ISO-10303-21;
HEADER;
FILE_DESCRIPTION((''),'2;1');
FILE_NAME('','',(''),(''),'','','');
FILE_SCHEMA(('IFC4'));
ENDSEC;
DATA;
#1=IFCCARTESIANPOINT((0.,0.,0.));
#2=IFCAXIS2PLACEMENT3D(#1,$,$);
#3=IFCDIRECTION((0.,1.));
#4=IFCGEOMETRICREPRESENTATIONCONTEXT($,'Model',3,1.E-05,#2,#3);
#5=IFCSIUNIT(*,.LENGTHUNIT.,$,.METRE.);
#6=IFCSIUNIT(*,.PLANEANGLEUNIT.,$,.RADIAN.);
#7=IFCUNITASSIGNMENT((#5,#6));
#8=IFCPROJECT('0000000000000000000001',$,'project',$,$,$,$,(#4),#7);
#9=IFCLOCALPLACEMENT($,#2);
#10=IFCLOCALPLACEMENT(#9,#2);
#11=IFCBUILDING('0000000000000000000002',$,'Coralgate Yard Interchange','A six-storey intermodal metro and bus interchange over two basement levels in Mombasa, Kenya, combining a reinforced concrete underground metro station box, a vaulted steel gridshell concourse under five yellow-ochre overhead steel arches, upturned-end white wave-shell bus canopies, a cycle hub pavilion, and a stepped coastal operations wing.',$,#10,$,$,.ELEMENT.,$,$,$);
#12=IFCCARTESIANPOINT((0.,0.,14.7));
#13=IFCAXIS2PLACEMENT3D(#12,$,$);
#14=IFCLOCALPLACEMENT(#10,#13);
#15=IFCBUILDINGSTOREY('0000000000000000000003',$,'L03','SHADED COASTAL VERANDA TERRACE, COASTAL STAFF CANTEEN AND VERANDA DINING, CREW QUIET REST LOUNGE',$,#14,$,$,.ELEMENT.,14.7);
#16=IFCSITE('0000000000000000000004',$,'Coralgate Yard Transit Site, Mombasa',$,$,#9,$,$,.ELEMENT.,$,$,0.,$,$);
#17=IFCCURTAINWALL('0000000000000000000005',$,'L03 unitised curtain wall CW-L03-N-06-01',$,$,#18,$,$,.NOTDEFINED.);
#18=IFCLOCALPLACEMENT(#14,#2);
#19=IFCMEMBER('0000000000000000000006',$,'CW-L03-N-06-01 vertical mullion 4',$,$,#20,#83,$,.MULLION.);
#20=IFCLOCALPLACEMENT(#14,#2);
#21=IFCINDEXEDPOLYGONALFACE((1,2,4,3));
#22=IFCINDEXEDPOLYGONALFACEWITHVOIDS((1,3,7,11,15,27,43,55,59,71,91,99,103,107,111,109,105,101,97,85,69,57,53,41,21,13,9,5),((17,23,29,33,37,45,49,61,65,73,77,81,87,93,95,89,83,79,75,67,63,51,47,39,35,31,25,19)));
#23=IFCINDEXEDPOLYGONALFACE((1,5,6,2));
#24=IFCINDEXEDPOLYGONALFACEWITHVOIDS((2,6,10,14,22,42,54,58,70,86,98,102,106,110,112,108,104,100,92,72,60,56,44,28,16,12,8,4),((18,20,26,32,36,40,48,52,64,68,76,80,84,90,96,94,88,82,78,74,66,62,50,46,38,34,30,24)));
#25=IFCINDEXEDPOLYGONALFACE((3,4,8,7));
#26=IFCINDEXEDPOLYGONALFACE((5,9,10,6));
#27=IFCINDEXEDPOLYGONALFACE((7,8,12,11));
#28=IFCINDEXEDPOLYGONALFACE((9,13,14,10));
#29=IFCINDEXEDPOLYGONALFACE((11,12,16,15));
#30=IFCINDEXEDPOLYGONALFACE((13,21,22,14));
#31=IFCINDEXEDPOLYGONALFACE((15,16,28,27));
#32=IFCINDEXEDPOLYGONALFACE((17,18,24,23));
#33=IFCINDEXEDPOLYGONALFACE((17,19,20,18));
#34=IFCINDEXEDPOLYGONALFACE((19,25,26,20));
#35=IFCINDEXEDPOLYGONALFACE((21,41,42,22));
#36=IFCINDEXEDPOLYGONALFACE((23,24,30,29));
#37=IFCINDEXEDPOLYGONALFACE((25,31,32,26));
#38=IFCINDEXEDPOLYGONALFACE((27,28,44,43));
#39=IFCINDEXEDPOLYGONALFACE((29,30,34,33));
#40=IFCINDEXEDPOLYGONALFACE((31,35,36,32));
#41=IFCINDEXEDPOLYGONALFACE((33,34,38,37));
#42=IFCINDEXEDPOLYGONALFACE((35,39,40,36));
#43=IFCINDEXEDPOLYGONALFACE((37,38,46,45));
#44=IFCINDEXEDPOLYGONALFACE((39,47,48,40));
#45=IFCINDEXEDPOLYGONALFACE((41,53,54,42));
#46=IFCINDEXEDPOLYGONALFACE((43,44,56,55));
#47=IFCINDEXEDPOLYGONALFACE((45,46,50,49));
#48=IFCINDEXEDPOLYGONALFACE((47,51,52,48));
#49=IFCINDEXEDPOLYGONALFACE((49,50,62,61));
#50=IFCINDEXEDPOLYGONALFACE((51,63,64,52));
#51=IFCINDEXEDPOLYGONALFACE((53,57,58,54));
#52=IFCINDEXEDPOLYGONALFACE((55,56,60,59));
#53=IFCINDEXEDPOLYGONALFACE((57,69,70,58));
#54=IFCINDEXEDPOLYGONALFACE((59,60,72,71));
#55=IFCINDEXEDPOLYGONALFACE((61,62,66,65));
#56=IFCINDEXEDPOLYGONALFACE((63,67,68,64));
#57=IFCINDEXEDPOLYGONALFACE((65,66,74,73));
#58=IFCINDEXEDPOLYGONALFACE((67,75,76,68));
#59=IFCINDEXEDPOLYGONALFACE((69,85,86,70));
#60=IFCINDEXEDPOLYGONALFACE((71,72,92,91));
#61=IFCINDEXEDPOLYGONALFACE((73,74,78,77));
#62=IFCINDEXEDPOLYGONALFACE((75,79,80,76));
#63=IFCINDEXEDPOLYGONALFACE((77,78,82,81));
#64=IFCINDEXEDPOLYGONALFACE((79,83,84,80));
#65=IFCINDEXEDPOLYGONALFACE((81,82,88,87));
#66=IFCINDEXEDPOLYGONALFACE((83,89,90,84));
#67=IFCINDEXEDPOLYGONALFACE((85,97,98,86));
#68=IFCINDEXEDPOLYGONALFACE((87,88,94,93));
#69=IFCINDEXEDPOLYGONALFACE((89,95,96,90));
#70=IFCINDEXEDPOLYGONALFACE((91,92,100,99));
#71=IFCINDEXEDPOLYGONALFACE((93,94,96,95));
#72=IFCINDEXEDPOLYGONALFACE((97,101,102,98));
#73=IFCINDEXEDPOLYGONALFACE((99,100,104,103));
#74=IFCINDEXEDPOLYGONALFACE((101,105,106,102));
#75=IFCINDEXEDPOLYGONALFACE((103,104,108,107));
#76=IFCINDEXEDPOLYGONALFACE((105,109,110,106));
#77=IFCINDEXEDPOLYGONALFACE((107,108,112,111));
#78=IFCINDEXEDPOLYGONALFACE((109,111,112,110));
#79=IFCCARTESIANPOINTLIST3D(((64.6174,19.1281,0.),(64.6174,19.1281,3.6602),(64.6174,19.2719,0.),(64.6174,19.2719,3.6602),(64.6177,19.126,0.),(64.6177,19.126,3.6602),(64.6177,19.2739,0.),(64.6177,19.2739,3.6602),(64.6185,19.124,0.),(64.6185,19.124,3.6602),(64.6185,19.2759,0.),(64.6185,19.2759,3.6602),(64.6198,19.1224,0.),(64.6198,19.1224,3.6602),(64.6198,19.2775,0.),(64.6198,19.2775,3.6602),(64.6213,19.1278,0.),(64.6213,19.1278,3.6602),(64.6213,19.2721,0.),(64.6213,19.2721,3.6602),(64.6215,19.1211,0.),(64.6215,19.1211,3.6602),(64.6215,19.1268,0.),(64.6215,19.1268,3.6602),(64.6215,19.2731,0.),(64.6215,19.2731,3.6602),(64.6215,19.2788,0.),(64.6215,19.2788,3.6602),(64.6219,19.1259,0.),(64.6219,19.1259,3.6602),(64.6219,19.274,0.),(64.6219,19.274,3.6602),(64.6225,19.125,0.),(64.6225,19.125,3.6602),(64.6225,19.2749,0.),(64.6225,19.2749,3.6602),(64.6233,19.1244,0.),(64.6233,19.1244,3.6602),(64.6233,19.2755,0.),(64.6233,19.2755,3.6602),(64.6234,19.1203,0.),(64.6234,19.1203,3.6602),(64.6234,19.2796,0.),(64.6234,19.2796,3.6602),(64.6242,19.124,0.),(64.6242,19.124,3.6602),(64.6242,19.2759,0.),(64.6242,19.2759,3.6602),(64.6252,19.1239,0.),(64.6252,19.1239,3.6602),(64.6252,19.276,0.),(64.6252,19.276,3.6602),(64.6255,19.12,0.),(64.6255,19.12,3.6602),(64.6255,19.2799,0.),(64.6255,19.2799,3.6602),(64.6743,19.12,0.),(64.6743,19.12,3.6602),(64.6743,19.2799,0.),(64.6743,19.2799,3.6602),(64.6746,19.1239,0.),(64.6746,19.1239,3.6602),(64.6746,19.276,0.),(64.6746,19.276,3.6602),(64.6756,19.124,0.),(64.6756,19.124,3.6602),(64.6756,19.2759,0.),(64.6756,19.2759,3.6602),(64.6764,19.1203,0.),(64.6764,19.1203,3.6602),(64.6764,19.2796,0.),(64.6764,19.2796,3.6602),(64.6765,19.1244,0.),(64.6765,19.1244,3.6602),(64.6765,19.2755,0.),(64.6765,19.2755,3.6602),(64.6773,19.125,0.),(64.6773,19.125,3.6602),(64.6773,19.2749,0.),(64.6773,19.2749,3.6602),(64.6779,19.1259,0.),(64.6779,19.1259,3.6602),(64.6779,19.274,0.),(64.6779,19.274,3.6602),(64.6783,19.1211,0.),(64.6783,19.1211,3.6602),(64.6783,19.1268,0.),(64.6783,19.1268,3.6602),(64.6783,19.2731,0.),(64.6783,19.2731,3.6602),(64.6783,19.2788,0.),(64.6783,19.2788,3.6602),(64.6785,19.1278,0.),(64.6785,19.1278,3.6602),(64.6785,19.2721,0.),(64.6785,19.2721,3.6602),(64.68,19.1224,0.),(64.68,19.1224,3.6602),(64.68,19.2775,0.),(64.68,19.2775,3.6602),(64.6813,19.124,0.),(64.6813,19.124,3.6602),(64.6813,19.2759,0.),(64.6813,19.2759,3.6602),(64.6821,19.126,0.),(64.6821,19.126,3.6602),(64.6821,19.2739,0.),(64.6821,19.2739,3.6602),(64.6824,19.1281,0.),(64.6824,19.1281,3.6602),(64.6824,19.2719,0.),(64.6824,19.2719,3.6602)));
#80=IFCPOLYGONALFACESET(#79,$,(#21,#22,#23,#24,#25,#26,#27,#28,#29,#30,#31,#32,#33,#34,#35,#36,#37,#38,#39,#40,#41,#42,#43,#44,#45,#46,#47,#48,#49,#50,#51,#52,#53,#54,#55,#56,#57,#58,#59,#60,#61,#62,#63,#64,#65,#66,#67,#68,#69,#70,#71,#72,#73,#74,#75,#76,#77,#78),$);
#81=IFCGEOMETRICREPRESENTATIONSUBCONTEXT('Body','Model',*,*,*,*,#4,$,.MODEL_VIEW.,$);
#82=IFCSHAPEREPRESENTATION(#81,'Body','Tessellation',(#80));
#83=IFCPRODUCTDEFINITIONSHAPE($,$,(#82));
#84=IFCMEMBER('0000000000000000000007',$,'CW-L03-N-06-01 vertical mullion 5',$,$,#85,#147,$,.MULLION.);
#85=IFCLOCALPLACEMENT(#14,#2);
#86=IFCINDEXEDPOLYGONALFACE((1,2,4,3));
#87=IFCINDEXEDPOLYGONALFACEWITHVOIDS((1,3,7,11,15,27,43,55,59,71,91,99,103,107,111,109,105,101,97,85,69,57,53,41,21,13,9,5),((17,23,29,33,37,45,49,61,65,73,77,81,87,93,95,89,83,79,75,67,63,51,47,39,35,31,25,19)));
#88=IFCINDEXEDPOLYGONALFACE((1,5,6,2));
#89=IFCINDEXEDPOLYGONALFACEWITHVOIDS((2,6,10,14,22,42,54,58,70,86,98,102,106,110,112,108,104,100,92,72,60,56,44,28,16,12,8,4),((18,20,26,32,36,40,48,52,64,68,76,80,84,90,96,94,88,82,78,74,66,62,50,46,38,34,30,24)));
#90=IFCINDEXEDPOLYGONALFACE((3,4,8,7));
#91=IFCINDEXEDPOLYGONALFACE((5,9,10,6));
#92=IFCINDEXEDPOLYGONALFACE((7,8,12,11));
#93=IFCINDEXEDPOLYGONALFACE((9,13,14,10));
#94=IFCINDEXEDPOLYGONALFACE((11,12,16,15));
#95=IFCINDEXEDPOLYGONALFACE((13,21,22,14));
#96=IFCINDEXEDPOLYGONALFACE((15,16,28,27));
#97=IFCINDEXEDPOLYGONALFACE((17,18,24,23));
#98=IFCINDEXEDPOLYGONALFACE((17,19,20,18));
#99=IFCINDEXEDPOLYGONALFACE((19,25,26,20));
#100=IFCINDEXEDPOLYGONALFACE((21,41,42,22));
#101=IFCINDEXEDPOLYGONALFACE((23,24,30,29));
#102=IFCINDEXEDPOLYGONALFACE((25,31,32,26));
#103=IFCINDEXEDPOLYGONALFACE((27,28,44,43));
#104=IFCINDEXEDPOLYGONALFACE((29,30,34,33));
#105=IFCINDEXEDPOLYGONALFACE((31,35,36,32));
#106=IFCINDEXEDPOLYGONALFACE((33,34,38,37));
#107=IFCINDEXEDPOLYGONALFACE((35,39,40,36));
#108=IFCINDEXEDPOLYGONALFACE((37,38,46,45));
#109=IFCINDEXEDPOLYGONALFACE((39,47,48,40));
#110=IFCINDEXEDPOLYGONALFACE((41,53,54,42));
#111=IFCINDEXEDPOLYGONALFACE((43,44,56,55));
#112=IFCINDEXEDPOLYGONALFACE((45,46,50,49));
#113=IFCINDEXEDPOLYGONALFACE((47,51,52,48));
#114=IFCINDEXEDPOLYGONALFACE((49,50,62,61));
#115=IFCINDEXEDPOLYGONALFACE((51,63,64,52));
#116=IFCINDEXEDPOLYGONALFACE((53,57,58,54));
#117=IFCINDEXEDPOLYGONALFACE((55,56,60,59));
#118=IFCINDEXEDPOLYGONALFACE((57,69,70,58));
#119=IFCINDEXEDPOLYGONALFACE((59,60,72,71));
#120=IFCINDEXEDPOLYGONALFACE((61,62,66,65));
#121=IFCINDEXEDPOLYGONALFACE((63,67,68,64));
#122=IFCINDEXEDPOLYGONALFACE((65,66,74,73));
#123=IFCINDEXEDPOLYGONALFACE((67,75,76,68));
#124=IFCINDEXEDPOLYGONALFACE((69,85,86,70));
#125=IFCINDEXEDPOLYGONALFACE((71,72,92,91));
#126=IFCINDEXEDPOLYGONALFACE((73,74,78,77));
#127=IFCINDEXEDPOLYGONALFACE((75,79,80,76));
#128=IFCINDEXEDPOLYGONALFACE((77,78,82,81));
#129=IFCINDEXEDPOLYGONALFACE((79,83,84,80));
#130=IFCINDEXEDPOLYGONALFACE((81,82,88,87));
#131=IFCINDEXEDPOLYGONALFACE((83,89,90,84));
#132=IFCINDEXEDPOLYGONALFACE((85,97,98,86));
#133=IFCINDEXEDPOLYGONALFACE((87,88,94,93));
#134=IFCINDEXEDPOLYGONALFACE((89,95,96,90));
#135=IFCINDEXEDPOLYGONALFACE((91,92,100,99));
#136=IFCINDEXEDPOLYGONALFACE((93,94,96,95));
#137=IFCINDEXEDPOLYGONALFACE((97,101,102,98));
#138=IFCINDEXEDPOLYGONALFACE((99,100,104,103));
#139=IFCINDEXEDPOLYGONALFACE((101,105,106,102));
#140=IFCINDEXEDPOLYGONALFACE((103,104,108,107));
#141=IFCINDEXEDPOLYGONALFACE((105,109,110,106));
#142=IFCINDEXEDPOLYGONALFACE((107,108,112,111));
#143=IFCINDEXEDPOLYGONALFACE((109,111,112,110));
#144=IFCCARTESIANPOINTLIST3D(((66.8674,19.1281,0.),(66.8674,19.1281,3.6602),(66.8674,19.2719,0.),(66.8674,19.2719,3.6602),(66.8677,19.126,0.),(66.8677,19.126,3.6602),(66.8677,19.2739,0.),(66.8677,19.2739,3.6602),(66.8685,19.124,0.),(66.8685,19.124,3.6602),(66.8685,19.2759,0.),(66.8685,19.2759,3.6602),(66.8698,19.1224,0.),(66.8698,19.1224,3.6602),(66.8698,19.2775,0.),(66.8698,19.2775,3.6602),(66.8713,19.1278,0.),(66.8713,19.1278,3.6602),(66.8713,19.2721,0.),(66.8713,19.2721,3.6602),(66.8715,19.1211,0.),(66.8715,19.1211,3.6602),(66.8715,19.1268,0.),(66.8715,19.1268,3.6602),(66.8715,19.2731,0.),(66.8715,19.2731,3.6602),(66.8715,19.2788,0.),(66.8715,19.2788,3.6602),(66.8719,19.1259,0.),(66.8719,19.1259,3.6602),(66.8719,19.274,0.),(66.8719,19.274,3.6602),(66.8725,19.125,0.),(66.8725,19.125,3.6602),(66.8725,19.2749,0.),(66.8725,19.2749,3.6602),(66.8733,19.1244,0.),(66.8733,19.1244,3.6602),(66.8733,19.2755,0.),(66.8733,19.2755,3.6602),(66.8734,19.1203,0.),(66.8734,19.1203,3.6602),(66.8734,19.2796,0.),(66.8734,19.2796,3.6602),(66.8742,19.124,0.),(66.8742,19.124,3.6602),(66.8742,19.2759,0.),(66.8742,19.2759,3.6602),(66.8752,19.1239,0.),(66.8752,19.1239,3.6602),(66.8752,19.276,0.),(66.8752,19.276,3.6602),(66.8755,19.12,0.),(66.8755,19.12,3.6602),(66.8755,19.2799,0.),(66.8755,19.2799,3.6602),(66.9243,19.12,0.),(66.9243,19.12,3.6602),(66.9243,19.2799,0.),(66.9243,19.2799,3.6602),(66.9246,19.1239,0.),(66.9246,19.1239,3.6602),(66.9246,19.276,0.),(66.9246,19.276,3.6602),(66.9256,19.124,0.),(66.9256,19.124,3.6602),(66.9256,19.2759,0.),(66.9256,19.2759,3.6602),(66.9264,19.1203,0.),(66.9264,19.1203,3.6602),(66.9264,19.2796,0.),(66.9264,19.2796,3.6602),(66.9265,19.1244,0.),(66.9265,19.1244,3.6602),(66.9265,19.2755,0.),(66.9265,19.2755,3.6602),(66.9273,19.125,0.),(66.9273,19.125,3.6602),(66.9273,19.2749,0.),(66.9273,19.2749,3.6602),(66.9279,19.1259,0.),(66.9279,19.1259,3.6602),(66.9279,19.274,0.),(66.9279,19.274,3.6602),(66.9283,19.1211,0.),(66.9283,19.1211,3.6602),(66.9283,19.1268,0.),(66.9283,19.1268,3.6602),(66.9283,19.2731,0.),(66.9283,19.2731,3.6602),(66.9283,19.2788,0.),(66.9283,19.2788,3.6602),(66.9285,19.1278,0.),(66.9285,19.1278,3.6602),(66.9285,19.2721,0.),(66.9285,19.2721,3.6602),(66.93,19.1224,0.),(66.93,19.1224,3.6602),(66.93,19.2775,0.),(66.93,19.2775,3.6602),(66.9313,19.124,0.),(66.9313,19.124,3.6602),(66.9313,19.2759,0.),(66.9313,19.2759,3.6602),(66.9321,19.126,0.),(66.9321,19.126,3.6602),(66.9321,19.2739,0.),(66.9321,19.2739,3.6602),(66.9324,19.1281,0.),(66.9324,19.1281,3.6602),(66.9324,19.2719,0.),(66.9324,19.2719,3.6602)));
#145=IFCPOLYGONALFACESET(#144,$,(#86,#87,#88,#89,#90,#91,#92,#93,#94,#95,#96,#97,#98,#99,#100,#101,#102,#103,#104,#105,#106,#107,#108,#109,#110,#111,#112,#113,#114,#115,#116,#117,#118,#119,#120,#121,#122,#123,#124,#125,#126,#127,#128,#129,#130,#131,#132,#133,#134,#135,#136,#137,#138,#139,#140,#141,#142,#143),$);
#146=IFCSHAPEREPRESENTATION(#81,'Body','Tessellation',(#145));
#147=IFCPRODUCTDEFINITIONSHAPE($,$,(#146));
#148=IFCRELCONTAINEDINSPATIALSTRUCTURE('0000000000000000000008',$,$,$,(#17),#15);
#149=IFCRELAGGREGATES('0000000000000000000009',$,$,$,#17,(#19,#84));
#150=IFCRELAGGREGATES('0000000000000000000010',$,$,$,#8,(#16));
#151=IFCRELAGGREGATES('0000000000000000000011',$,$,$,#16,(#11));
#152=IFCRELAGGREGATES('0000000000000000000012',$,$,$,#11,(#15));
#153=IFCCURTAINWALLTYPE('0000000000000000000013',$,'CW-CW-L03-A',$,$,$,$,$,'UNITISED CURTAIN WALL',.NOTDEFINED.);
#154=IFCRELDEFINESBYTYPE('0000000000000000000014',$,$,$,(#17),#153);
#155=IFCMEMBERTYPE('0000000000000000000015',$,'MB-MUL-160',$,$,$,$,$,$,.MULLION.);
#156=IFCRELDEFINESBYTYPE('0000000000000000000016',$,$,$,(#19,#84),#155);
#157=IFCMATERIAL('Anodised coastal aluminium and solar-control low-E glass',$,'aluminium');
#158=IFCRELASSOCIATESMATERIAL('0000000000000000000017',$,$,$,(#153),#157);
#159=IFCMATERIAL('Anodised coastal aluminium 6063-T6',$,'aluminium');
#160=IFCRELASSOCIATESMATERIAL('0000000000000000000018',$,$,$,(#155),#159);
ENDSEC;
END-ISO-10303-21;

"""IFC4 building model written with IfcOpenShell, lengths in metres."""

from ifc_helpers import new_model, si_unit, direction, frame, origin, origin_2d, place, context, subcontext, project, spatial, hollow_rectangle, extrude, material, material_profile, profile_set, type_object, element, aggregate, save


model = new_model("IFC4")

# Units and contexts
model_context = context("Model", 3, precision=1e-05, world=origin(), true_north=direction((0.0, 1.0)))
body_context = subcontext(model_context, "Body", "Model", "MODEL_VIEW")
ifc_project = project(units=[si_unit("LENGTHUNIT", "METRE"), si_unit("PLANEANGLEUNIT", "RADIAN")], contexts=[model_context])

# Site, building, storey
site_placement = place(None, origin())
site = spatial("IfcSite", under=ifc_project, at=site_placement, Name="Coralgate Yard Transit Site, Mombasa", CompositionType="ELEMENT", RefElevation=0.0)
building_placement = place(site_placement, origin())
building = spatial("IfcBuilding", under=site, at=building_placement, Name="Coralgate Yard Interchange", Description="A six-storey intermodal metro and bus interchange over two basement levels in Mombasa, Kenya, combining a reinforced concrete underground metro station box, a vaulted steel gridshell concourse under five yellow-ochre overhead steel arches, upturned-end white wave-shell bus canopies, a cycle hub pavilion, and a stepped coastal operations wing.", CompositionType="ELEMENT")
storey_placement = place(building_placement, frame((0.0, 0.0, 14.7)))
storey = spatial("IfcBuildingStorey", under=building, at=storey_placement, Name="L03", Description="SHADED COASTAL VERANDA TERRACE, COASTAL STAFF CANTEEN AND VERANDA DINING, CREW QUIET REST LOUNGE", CompositionType="ELEMENT", Elevation=14.7)

# Curtain wall, members
ifc_material_1 = material(Name="Anodised coastal aluminium and solar-control low-E glass", Category="aluminium")
curtain_wall_type = type_object("IfcCurtainWallType", Name="CW-CW-L03-A", ElementType="UNITISED CURTAIN WALL", PredefinedType="NOTDEFINED", material=ifc_material_1)
curtain_wall_1_placement = place(storey_placement, origin())
curtain_wall_1 = element("IfcCurtainWall", 1, at=curtain_wall_1_placement, inside=storey, type_object=curtain_wall_type, Name="L03 unitised curtain wall CW-L03-N-06-01", PredefinedType="NOTDEFINED")
ifc_material_2 = material(Name="Anodised coastal aluminium 6063-T6", Category="aluminium")
ifc_material_profile_1 = material_profile(ifc_material_2, hollow_rectangle(XDim=0.0649, YDim=0.1599, WallThickness=0.0039, InnerFilletRadius=0.0039, OuterFilletRadius=0.0081, at=origin_2d()), Name="ALU 65x160x4")
ifc_profile_set_1 = profile_set([ifc_material_profile_1], Name="Anodised coastal aluminium 6063-T6")
member_type_1 = type_object("IfcMemberType", Name="MB-MUL-160", PredefinedType="MULLION", material=ifc_profile_set_1)
member_1_placement = place(storey_placement, frame((64.6499, 19.2, 0.0), z_axis=(0.0, 0.0, 1.0), x_axis=(1.0, 0.0, 0.0)))
member_1 = element("IfcMember", 2, at=member_1_placement, type_object=member_type_1, Name="CW-L03-N-06-01 vertical mullion 4", PredefinedType="MULLION", context=body_context, shape_type="SweptSolid", body=[
    extrude(hollow_rectangle(XDim=0.0649, YDim=0.1599, WallThickness=0.0039, InnerFilletRadius=0.0039, OuterFilletRadius=0.0081, at=origin_2d()), origin(), (0.0, 0.0, 1.0), 3.6602),
])
member_2_placement = place(storey_placement, frame((66.8999, 19.2, 0.0), z_axis=(0.0, 0.0, 1.0), x_axis=(1.0, 0.0, 0.0)))
member_2 = element("IfcMember", 3, at=member_2_placement, type_object=member_type_1, Name="CW-L03-N-06-01 vertical mullion 5", PredefinedType="MULLION", context=body_context, shape_type="SweptSolid", body=[
    extrude(hollow_rectangle(XDim=0.0649, YDim=0.1599, WallThickness=0.0039, InnerFilletRadius=0.0039, OuterFilletRadius=0.0081, at=origin_2d()), origin(), (0.0, 0.0, 1.0), 3.6602),
])

aggregate(curtain_wall_1, [member_1, member_2])

save(model, "model.ifc")
